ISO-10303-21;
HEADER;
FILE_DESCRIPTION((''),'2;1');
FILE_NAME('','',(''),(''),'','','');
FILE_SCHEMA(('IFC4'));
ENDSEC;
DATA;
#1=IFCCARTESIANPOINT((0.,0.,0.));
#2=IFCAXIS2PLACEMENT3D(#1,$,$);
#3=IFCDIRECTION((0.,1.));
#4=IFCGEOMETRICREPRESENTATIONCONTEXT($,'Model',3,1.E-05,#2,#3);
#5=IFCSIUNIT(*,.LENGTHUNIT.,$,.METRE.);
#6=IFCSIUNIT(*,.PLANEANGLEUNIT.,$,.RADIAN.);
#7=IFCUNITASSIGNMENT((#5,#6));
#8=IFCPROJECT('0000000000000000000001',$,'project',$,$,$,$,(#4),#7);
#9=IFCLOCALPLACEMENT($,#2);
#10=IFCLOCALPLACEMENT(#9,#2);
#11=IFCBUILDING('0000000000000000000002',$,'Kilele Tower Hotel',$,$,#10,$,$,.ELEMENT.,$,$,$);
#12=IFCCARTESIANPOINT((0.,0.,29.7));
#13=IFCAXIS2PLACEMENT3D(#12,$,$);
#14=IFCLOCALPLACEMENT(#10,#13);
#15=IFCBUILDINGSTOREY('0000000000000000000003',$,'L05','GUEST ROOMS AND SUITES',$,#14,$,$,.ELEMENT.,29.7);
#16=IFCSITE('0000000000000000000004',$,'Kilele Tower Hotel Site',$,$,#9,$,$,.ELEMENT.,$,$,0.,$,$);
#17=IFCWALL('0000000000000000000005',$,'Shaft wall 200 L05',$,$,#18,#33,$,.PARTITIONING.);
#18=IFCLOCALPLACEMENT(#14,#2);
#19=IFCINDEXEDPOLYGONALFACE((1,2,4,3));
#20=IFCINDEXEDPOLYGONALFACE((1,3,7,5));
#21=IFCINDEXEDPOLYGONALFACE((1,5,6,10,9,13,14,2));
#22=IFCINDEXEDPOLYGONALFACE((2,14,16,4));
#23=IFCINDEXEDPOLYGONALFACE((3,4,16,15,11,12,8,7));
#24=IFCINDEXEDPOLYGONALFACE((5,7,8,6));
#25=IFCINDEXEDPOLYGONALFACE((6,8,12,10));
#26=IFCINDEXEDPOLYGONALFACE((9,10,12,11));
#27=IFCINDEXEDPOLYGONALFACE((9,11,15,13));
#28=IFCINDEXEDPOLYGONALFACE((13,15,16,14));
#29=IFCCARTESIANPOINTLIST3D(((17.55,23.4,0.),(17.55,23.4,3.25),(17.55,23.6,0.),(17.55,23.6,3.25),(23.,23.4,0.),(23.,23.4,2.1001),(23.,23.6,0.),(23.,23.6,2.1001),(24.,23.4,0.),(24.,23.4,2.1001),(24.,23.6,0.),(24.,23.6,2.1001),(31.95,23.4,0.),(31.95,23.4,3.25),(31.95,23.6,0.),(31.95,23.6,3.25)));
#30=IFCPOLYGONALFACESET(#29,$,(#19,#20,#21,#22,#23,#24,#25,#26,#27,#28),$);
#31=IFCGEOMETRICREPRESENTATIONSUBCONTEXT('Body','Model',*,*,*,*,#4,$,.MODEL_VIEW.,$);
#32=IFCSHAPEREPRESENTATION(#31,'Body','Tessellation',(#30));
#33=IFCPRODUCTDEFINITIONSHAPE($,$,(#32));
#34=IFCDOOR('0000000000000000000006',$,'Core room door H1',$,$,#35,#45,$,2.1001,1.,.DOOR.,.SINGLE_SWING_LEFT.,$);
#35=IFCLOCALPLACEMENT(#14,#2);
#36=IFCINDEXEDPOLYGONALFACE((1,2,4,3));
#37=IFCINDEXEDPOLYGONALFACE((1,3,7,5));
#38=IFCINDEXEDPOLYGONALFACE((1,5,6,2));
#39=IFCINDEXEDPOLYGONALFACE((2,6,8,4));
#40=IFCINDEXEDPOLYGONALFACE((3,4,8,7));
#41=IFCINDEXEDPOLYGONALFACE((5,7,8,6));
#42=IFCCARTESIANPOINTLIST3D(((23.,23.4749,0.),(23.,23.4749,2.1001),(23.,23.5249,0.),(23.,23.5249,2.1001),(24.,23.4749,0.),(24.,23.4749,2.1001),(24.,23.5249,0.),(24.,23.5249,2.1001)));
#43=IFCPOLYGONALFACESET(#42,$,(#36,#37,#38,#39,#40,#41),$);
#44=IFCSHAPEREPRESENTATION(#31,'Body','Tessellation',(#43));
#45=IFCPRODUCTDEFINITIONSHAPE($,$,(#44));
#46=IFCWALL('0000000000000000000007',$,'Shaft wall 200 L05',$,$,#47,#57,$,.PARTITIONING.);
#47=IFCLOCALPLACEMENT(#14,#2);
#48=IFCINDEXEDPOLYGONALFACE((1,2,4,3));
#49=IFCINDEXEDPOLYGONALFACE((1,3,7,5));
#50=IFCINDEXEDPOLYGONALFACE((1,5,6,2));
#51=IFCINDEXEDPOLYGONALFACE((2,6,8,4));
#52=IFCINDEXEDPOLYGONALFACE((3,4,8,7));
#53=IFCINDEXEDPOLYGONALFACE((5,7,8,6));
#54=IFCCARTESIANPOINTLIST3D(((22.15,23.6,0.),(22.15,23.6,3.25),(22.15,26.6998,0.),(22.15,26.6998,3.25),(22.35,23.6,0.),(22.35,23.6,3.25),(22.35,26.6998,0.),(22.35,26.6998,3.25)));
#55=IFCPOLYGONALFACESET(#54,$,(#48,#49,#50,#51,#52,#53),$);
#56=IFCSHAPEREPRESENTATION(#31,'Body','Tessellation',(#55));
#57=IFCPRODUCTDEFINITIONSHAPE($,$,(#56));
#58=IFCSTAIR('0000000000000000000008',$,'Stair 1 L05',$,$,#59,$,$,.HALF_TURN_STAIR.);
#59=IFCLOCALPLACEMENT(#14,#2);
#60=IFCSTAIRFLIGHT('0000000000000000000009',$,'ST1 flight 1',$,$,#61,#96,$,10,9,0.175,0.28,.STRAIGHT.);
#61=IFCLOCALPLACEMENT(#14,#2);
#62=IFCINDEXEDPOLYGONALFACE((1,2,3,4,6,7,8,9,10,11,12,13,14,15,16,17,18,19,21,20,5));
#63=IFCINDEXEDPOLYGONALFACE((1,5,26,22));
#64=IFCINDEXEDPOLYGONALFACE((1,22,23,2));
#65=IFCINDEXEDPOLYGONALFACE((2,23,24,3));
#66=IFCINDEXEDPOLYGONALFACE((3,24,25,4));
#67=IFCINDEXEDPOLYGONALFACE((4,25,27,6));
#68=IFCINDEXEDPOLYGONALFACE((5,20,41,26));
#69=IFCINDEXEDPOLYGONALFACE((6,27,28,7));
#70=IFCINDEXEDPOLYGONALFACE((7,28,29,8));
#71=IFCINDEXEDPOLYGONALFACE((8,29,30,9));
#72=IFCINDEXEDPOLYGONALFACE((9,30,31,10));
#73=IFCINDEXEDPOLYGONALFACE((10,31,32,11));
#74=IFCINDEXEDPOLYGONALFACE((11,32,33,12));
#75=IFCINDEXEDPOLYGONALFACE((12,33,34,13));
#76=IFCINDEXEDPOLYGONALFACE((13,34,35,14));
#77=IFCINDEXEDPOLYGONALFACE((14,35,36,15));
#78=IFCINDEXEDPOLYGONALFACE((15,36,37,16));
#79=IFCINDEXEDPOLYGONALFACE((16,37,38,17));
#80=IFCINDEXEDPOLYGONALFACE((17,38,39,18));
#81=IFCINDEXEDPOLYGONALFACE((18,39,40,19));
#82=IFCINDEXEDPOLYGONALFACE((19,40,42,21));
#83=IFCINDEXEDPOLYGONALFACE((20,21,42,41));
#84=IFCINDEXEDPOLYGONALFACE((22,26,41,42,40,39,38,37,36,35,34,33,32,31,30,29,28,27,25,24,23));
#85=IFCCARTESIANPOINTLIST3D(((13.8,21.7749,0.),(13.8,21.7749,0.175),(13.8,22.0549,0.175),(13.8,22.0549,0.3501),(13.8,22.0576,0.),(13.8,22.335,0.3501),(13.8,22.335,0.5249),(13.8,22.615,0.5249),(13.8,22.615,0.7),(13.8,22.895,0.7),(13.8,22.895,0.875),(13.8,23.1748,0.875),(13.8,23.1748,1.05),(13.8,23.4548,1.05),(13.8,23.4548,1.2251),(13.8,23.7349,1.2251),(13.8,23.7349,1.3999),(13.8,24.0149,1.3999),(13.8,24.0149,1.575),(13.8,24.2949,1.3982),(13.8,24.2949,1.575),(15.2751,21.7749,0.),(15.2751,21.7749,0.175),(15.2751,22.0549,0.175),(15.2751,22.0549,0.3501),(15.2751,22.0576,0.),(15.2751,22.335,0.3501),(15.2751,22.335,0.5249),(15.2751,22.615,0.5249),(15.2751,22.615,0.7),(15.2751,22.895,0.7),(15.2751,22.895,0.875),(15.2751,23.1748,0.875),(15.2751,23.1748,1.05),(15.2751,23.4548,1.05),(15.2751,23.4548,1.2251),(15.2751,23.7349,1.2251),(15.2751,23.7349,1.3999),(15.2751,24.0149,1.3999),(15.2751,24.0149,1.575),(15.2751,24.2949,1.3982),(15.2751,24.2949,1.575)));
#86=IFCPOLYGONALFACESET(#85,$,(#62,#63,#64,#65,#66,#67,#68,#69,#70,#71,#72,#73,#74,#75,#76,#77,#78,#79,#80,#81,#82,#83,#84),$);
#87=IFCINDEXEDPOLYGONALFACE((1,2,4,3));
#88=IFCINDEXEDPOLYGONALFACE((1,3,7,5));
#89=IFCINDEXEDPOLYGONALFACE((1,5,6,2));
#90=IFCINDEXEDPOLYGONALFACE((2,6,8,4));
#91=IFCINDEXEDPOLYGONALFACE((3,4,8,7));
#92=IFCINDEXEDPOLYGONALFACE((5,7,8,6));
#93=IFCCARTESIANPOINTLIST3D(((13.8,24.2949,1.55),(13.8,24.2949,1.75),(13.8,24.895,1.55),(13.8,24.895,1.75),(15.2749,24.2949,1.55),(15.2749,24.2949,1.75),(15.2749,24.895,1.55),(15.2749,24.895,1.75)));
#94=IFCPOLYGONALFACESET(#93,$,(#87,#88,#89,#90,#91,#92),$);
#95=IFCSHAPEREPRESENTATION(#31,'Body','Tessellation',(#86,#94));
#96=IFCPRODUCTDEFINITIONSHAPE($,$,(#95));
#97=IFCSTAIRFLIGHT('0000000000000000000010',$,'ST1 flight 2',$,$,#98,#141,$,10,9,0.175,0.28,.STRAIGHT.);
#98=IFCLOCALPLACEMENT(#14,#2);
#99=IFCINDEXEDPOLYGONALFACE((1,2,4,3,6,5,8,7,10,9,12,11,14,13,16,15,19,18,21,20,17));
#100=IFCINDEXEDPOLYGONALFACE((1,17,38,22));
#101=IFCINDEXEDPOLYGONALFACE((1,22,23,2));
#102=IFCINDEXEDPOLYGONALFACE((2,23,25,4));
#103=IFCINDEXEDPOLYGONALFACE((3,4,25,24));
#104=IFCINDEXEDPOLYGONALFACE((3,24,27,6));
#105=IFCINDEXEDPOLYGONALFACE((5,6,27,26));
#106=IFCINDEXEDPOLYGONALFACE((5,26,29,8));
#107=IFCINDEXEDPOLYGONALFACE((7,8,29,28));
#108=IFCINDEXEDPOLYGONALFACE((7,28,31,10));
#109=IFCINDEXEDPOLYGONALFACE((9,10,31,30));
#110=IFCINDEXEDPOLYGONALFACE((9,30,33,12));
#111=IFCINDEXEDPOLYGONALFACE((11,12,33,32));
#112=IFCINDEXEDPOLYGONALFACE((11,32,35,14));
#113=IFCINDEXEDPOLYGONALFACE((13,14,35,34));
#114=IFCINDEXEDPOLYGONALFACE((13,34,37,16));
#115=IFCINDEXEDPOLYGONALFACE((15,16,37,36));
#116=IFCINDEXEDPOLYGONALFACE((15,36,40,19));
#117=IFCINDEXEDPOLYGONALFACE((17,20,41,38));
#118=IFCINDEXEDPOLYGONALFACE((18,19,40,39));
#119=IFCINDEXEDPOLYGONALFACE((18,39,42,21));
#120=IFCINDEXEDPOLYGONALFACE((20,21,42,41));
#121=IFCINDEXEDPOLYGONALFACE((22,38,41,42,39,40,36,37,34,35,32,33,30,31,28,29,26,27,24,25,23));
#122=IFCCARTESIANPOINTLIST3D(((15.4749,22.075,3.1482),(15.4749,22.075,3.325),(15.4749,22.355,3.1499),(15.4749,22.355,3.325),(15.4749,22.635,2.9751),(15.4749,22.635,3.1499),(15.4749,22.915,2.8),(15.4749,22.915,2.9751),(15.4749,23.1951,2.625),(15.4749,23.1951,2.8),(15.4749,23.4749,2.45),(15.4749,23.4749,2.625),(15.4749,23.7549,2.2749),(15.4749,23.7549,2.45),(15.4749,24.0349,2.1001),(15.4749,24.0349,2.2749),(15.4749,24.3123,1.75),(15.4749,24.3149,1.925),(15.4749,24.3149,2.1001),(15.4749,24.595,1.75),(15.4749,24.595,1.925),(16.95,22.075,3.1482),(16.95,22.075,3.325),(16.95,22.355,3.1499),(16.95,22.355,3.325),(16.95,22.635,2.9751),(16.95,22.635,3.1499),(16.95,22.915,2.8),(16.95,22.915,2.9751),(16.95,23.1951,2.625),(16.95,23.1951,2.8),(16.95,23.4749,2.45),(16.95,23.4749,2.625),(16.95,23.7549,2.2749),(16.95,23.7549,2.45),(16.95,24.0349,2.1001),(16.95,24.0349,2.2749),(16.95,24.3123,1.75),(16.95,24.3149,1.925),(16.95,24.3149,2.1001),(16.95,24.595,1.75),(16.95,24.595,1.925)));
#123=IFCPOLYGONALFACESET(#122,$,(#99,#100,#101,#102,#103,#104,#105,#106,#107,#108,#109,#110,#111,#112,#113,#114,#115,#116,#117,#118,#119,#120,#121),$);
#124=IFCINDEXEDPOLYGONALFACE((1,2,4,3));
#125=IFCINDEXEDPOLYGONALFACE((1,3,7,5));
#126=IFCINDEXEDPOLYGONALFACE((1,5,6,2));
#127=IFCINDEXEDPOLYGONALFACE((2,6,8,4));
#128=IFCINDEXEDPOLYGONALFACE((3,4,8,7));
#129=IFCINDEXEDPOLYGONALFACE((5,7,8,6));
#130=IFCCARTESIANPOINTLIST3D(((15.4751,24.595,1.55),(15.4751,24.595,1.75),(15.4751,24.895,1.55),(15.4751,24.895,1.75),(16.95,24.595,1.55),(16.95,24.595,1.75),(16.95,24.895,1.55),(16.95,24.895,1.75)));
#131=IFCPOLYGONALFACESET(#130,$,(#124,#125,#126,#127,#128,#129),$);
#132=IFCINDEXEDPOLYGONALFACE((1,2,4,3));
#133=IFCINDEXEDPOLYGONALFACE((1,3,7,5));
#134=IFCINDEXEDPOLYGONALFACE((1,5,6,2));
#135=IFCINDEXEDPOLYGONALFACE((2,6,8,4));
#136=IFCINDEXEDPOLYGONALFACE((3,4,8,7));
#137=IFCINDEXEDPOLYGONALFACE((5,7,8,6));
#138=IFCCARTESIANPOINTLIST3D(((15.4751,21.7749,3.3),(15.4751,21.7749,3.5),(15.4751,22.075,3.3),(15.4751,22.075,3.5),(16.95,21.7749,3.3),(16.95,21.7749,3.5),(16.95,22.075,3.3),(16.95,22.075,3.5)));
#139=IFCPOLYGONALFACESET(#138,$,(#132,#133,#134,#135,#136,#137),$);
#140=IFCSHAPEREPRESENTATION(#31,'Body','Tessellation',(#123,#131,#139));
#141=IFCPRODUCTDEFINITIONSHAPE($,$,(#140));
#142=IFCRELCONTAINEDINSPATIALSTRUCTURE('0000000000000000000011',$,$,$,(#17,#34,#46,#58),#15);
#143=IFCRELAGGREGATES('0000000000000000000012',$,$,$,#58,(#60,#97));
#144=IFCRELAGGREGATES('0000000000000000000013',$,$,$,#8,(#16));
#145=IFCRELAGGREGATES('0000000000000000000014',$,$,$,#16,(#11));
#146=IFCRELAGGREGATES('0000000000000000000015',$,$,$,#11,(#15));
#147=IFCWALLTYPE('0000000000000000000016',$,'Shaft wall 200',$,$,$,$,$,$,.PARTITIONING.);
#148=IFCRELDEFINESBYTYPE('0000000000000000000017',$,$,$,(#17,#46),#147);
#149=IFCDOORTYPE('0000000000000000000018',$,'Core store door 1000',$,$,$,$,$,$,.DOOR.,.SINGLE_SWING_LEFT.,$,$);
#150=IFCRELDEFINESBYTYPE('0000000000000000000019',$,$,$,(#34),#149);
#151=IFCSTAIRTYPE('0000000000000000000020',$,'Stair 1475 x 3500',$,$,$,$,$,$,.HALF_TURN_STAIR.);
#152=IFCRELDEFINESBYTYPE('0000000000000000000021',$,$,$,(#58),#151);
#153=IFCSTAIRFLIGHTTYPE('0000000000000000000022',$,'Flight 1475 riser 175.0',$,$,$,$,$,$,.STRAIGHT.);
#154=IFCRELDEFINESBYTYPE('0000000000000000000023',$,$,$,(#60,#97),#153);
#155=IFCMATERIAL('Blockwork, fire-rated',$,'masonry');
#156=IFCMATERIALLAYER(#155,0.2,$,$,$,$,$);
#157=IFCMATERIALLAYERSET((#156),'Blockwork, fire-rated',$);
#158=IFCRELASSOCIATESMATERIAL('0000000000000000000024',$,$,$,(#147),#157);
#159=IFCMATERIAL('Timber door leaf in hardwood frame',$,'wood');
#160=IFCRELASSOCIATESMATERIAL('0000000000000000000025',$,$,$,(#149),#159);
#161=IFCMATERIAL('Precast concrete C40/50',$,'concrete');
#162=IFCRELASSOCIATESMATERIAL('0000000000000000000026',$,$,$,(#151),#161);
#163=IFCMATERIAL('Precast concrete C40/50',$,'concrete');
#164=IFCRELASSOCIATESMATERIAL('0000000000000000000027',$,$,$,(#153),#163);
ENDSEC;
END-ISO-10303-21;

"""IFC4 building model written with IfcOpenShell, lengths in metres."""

from ifc_helpers import new_model, si_unit, direction, frame, frame_2d, origin, place, context, subcontext, project, spatial, polyline, rectangle, outline, extrude, material, layer, layer_set, type_object, element, fill, aggregate, save


model = new_model("IFC4")

# Units and contexts
model_context = context("Model", 3, precision=1e-05, world=origin(), true_north=direction((0.0, 1.0)))
body_context = subcontext(model_context, "Body", "Model", "MODEL_VIEW")
ifc_project = project(units=[si_unit("LENGTHUNIT", "METRE"), si_unit("PLANEANGLEUNIT", "RADIAN")], contexts=[model_context])

# Site, building, storey
site_placement = place(None, origin())
site = spatial("IfcSite", under=ifc_project, at=site_placement, Name="Kilele Tower Hotel Site", CompositionType="ELEMENT", RefElevation=0.0)
building_placement = place(site_placement, origin())
building = spatial("IfcBuilding", under=site, at=building_placement, Name="Kilele Tower Hotel", CompositionType="ELEMENT")
storey_placement = place(building_placement, frame((0.0, 0.0, 29.7)))
storey = spatial("IfcBuildingStorey", under=building, at=storey_placement, Name="L05", Description="GUEST ROOMS AND SUITES", CompositionType="ELEMENT", Elevation=29.7)

# Shared definitions
ifc_material_1 = material(Name="Blockwork, fire-rated", Category="masonry")
ifc_layer_1 = layer(ifc_material_1, 0.2)
ifc_layer_set_1 = layer_set([ifc_layer_1], Name="Blockwork, fire-rated")
wall_type_1 = type_object("IfcWallType", Name="Shaft wall 200", PredefinedType="PARTITIONING", material=ifc_layer_set_1)

# Wall, opening, door
wall_1_placement = place(storey_placement, frame((17.55, 23.5, 0.0), z_axis=(0.0, 0.0, 1.0), x_axis=(1.0, 0.0, 0.0)))
wall_1 = element("IfcWall", 1, at=wall_1_placement, inside=storey, type_object=wall_type_1, Name="Shaft wall 200 L05", PredefinedType="PARTITIONING", context=body_context, shape_type="SweptSolid", body=[
    extrude(rectangle(XDim=14.3999, YDim=0.2, at=frame_2d((7.2, 0.0))), origin(), (0.0, 0.0, 1.0), 3.25),
])
opening_1_placement = place(wall_1_placement, frame((5.45, 0.0, 0.0)))
opening_1 = element("IfcOpeningElement", 2, at=opening_1_placement, cuts=wall_1, PredefinedType="OPENING", context=body_context, shape_type="SweptSolid", body=[
    extrude(rectangle(XDim=1.0, YDim=2.1001, at=frame_2d((0.5, 1.05))), frame((0.0, 0.1099, 0.0), z_axis=(0.0, -1.0, 0.0), x_axis=(1.0, 0.0, 0.0)), (0.0, 0.0, 1.0), 0.22),
])
ifc_material_2 = material(Name="Timber door leaf in hardwood frame", Category="wood")
door_type_1 = type_object("IfcDoorType", Name="Core store door 1000", OperationType="SINGLE_SWING_LEFT", PredefinedType="DOOR", material=ifc_material_2)
door_1_placement = place(opening_1_placement, origin())
door_1 = element("IfcDoor", 3, at=door_1_placement, inside=storey, type_object=door_type_1, Name="Core room door H1", OperationType="SINGLE_SWING_LEFT", OverallHeight=2.1001, OverallWidth=1.0, PredefinedType="DOOR", context=body_context, shape_type="SweptSolid", body=[
    extrude(rectangle(XDim=1.0, YDim=2.1001, at=frame_2d((0.5, 1.05))), frame((0.0, 0.0249, 0.0), z_axis=(0.0, -1.0, 0.0), x_axis=(1.0, 0.0, 0.0)), (0.0, 0.0, 1.0), 0.05),
])
fill(opening_1, door_1)

# Wall
wall_2_placement = place(storey_placement, frame((22.25, 23.6001, 0.0), z_axis=(0.0, 0.0, 1.0), x_axis=(0.0, 1.0, 0.0)))
element("IfcWall", 4, at=wall_2_placement, inside=storey, type_object=wall_type_1, Name="Shaft wall 200 L05", PredefinedType="PARTITIONING", context=body_context, shape_type="SweptSolid", body=[
    extrude(rectangle(XDim=3.0999, YDim=0.2, at=frame_2d((1.5498, 0.0))), origin(), (0.0, 0.0, 1.0), 3.25),
])

# Stair, stair flights
ifc_material_3 = material(Name="Precast concrete C40/50", Category="concrete")
stair_type = type_object("IfcStairType", Name="Stair 1475 x 3500", PredefinedType="HALF_TURN_STAIR", material=ifc_material_3)
stair_placement = place(storey_placement, origin())
stair = element("IfcStair", 5, at=stair_placement, inside=storey, type_object=stair_type, Name="Stair 1 L05", PredefinedType="HALF_TURN_STAIR")
ifc_material_4 = material(Name="Precast concrete C40/50", Category="concrete")
stair_flight_type = type_object("IfcStairFlightType", Name="Flight 1475 riser 175.0", PredefinedType="STRAIGHT", material=ifc_material_4)
stair_flight_1_placement = place(storey_placement, frame((14.5376, 21.7749, 0.0), z_axis=(0.0, 0.0, 1.0), x_axis=(0.0, 1.0, 0.0)))
stair_flight_1 = element("IfcStairFlight", 6, at=stair_flight_1_placement, type_object=stair_flight_type, Name="ST1 flight 1", NumberOfRisers=10, NumberOfTreads=9, PredefinedType="STRAIGHT", RiserHeight=0.175, TreadLength=0.28, context=body_context, shape_type="SweptSolid", body=[
    extrude(outline(polyline([(0.0, 0.0), (0.0, 0.175), (0.28, 0.175), (0.28, 0.3501), (0.5601, 0.3501), (0.5601, 0.5249), (0.8401, 0.5249), (0.8401, 0.7), (1.1201, 0.7), (1.1201, 0.875), (1.3999, 0.875), (1.3999, 1.05), (1.6799, 1.05), (1.6799, 1.2251), (1.96, 1.2251), (1.96, 1.3999), (2.24, 1.3999), (2.24, 1.575), (2.52, 1.575), (2.52, 1.75), (2.52, 1.3982), (0.2827, 0.0), (0.0, 0.0)])), frame((0.0, 0.7375, 0.0), z_axis=(0.0, -1.0, 0.0), x_axis=(1.0, 0.0, 0.0)), (0.0, 0.0, 1.0), 1.4751),
    extrude(outline(polyline([(2.52, 0.7375), (2.52, -0.7373), (3.1201, -0.7373), (3.1201, 0.7375), (2.52, 0.7375)])), frame((0.0, 0.0, 1.55)), (0.0, 0.0, 1.0), 0.2),
])
stair_flight_2_placement = place(storey_placement, frame((16.2124, 24.595, 1.75), z_axis=(0.0, 0.0, 1.0), x_axis=(0.0, -1.0, 0.0)))
stair_flight_2 = element("IfcStairFlight", 7, at=stair_flight_2_placement, type_object=stair_flight_type, Name="ST1 flight 2", NumberOfRisers=10, NumberOfTreads=9, PredefinedType="STRAIGHT", RiserHeight=0.175, TreadLength=0.28, context=body_context, shape_type="SweptSolid", body=[
    extrude(outline(polyline([(0.0, 0.0), (0.0, 0.175), (0.28, 0.175), (0.28, 0.3501), (0.5601, 0.3501), (0.5601, 0.5249), (0.8401, 0.5249), (0.8401, 0.7), (1.1201, 0.7), (1.1201, 0.875), (1.3999, 0.875), (1.3999, 1.05), (1.6799, 1.05), (1.6799, 1.2251), (1.96, 1.2251), (1.96, 1.3999), (2.24, 1.3999), (2.24, 1.575), (2.52, 1.575), (2.52, 1.75), (2.52, 1.3982), (0.2827, 0.0), (0.0, 0.0)])), frame((0.0, 0.7375, 0.0), z_axis=(0.0, -1.0, 0.0), x_axis=(1.0, 0.0, 0.0)), (0.0, 0.0, 1.0), 1.4751),
    extrude(outline(polyline([(0.0, -0.7373), (0.0, 0.7375), (-0.3, 0.7375), (-0.3, -0.7373), (0.0, -0.7373)])), frame((0.0, 0.0, -0.2)), (0.0, 0.0, 1.0), 0.2),
    extrude(outline(polyline([(2.8201, -0.7373), (2.8201, 0.7375), (2.52, 0.7375), (2.52, -0.7373), (2.8201, -0.7373)])), frame((0.0, 0.0, 1.55)), (0.0, 0.0, 1.0), 0.2),
])
aggregate(stair, [stair_flight_1, stair_flight_2])

save(model, "model.ifc")
